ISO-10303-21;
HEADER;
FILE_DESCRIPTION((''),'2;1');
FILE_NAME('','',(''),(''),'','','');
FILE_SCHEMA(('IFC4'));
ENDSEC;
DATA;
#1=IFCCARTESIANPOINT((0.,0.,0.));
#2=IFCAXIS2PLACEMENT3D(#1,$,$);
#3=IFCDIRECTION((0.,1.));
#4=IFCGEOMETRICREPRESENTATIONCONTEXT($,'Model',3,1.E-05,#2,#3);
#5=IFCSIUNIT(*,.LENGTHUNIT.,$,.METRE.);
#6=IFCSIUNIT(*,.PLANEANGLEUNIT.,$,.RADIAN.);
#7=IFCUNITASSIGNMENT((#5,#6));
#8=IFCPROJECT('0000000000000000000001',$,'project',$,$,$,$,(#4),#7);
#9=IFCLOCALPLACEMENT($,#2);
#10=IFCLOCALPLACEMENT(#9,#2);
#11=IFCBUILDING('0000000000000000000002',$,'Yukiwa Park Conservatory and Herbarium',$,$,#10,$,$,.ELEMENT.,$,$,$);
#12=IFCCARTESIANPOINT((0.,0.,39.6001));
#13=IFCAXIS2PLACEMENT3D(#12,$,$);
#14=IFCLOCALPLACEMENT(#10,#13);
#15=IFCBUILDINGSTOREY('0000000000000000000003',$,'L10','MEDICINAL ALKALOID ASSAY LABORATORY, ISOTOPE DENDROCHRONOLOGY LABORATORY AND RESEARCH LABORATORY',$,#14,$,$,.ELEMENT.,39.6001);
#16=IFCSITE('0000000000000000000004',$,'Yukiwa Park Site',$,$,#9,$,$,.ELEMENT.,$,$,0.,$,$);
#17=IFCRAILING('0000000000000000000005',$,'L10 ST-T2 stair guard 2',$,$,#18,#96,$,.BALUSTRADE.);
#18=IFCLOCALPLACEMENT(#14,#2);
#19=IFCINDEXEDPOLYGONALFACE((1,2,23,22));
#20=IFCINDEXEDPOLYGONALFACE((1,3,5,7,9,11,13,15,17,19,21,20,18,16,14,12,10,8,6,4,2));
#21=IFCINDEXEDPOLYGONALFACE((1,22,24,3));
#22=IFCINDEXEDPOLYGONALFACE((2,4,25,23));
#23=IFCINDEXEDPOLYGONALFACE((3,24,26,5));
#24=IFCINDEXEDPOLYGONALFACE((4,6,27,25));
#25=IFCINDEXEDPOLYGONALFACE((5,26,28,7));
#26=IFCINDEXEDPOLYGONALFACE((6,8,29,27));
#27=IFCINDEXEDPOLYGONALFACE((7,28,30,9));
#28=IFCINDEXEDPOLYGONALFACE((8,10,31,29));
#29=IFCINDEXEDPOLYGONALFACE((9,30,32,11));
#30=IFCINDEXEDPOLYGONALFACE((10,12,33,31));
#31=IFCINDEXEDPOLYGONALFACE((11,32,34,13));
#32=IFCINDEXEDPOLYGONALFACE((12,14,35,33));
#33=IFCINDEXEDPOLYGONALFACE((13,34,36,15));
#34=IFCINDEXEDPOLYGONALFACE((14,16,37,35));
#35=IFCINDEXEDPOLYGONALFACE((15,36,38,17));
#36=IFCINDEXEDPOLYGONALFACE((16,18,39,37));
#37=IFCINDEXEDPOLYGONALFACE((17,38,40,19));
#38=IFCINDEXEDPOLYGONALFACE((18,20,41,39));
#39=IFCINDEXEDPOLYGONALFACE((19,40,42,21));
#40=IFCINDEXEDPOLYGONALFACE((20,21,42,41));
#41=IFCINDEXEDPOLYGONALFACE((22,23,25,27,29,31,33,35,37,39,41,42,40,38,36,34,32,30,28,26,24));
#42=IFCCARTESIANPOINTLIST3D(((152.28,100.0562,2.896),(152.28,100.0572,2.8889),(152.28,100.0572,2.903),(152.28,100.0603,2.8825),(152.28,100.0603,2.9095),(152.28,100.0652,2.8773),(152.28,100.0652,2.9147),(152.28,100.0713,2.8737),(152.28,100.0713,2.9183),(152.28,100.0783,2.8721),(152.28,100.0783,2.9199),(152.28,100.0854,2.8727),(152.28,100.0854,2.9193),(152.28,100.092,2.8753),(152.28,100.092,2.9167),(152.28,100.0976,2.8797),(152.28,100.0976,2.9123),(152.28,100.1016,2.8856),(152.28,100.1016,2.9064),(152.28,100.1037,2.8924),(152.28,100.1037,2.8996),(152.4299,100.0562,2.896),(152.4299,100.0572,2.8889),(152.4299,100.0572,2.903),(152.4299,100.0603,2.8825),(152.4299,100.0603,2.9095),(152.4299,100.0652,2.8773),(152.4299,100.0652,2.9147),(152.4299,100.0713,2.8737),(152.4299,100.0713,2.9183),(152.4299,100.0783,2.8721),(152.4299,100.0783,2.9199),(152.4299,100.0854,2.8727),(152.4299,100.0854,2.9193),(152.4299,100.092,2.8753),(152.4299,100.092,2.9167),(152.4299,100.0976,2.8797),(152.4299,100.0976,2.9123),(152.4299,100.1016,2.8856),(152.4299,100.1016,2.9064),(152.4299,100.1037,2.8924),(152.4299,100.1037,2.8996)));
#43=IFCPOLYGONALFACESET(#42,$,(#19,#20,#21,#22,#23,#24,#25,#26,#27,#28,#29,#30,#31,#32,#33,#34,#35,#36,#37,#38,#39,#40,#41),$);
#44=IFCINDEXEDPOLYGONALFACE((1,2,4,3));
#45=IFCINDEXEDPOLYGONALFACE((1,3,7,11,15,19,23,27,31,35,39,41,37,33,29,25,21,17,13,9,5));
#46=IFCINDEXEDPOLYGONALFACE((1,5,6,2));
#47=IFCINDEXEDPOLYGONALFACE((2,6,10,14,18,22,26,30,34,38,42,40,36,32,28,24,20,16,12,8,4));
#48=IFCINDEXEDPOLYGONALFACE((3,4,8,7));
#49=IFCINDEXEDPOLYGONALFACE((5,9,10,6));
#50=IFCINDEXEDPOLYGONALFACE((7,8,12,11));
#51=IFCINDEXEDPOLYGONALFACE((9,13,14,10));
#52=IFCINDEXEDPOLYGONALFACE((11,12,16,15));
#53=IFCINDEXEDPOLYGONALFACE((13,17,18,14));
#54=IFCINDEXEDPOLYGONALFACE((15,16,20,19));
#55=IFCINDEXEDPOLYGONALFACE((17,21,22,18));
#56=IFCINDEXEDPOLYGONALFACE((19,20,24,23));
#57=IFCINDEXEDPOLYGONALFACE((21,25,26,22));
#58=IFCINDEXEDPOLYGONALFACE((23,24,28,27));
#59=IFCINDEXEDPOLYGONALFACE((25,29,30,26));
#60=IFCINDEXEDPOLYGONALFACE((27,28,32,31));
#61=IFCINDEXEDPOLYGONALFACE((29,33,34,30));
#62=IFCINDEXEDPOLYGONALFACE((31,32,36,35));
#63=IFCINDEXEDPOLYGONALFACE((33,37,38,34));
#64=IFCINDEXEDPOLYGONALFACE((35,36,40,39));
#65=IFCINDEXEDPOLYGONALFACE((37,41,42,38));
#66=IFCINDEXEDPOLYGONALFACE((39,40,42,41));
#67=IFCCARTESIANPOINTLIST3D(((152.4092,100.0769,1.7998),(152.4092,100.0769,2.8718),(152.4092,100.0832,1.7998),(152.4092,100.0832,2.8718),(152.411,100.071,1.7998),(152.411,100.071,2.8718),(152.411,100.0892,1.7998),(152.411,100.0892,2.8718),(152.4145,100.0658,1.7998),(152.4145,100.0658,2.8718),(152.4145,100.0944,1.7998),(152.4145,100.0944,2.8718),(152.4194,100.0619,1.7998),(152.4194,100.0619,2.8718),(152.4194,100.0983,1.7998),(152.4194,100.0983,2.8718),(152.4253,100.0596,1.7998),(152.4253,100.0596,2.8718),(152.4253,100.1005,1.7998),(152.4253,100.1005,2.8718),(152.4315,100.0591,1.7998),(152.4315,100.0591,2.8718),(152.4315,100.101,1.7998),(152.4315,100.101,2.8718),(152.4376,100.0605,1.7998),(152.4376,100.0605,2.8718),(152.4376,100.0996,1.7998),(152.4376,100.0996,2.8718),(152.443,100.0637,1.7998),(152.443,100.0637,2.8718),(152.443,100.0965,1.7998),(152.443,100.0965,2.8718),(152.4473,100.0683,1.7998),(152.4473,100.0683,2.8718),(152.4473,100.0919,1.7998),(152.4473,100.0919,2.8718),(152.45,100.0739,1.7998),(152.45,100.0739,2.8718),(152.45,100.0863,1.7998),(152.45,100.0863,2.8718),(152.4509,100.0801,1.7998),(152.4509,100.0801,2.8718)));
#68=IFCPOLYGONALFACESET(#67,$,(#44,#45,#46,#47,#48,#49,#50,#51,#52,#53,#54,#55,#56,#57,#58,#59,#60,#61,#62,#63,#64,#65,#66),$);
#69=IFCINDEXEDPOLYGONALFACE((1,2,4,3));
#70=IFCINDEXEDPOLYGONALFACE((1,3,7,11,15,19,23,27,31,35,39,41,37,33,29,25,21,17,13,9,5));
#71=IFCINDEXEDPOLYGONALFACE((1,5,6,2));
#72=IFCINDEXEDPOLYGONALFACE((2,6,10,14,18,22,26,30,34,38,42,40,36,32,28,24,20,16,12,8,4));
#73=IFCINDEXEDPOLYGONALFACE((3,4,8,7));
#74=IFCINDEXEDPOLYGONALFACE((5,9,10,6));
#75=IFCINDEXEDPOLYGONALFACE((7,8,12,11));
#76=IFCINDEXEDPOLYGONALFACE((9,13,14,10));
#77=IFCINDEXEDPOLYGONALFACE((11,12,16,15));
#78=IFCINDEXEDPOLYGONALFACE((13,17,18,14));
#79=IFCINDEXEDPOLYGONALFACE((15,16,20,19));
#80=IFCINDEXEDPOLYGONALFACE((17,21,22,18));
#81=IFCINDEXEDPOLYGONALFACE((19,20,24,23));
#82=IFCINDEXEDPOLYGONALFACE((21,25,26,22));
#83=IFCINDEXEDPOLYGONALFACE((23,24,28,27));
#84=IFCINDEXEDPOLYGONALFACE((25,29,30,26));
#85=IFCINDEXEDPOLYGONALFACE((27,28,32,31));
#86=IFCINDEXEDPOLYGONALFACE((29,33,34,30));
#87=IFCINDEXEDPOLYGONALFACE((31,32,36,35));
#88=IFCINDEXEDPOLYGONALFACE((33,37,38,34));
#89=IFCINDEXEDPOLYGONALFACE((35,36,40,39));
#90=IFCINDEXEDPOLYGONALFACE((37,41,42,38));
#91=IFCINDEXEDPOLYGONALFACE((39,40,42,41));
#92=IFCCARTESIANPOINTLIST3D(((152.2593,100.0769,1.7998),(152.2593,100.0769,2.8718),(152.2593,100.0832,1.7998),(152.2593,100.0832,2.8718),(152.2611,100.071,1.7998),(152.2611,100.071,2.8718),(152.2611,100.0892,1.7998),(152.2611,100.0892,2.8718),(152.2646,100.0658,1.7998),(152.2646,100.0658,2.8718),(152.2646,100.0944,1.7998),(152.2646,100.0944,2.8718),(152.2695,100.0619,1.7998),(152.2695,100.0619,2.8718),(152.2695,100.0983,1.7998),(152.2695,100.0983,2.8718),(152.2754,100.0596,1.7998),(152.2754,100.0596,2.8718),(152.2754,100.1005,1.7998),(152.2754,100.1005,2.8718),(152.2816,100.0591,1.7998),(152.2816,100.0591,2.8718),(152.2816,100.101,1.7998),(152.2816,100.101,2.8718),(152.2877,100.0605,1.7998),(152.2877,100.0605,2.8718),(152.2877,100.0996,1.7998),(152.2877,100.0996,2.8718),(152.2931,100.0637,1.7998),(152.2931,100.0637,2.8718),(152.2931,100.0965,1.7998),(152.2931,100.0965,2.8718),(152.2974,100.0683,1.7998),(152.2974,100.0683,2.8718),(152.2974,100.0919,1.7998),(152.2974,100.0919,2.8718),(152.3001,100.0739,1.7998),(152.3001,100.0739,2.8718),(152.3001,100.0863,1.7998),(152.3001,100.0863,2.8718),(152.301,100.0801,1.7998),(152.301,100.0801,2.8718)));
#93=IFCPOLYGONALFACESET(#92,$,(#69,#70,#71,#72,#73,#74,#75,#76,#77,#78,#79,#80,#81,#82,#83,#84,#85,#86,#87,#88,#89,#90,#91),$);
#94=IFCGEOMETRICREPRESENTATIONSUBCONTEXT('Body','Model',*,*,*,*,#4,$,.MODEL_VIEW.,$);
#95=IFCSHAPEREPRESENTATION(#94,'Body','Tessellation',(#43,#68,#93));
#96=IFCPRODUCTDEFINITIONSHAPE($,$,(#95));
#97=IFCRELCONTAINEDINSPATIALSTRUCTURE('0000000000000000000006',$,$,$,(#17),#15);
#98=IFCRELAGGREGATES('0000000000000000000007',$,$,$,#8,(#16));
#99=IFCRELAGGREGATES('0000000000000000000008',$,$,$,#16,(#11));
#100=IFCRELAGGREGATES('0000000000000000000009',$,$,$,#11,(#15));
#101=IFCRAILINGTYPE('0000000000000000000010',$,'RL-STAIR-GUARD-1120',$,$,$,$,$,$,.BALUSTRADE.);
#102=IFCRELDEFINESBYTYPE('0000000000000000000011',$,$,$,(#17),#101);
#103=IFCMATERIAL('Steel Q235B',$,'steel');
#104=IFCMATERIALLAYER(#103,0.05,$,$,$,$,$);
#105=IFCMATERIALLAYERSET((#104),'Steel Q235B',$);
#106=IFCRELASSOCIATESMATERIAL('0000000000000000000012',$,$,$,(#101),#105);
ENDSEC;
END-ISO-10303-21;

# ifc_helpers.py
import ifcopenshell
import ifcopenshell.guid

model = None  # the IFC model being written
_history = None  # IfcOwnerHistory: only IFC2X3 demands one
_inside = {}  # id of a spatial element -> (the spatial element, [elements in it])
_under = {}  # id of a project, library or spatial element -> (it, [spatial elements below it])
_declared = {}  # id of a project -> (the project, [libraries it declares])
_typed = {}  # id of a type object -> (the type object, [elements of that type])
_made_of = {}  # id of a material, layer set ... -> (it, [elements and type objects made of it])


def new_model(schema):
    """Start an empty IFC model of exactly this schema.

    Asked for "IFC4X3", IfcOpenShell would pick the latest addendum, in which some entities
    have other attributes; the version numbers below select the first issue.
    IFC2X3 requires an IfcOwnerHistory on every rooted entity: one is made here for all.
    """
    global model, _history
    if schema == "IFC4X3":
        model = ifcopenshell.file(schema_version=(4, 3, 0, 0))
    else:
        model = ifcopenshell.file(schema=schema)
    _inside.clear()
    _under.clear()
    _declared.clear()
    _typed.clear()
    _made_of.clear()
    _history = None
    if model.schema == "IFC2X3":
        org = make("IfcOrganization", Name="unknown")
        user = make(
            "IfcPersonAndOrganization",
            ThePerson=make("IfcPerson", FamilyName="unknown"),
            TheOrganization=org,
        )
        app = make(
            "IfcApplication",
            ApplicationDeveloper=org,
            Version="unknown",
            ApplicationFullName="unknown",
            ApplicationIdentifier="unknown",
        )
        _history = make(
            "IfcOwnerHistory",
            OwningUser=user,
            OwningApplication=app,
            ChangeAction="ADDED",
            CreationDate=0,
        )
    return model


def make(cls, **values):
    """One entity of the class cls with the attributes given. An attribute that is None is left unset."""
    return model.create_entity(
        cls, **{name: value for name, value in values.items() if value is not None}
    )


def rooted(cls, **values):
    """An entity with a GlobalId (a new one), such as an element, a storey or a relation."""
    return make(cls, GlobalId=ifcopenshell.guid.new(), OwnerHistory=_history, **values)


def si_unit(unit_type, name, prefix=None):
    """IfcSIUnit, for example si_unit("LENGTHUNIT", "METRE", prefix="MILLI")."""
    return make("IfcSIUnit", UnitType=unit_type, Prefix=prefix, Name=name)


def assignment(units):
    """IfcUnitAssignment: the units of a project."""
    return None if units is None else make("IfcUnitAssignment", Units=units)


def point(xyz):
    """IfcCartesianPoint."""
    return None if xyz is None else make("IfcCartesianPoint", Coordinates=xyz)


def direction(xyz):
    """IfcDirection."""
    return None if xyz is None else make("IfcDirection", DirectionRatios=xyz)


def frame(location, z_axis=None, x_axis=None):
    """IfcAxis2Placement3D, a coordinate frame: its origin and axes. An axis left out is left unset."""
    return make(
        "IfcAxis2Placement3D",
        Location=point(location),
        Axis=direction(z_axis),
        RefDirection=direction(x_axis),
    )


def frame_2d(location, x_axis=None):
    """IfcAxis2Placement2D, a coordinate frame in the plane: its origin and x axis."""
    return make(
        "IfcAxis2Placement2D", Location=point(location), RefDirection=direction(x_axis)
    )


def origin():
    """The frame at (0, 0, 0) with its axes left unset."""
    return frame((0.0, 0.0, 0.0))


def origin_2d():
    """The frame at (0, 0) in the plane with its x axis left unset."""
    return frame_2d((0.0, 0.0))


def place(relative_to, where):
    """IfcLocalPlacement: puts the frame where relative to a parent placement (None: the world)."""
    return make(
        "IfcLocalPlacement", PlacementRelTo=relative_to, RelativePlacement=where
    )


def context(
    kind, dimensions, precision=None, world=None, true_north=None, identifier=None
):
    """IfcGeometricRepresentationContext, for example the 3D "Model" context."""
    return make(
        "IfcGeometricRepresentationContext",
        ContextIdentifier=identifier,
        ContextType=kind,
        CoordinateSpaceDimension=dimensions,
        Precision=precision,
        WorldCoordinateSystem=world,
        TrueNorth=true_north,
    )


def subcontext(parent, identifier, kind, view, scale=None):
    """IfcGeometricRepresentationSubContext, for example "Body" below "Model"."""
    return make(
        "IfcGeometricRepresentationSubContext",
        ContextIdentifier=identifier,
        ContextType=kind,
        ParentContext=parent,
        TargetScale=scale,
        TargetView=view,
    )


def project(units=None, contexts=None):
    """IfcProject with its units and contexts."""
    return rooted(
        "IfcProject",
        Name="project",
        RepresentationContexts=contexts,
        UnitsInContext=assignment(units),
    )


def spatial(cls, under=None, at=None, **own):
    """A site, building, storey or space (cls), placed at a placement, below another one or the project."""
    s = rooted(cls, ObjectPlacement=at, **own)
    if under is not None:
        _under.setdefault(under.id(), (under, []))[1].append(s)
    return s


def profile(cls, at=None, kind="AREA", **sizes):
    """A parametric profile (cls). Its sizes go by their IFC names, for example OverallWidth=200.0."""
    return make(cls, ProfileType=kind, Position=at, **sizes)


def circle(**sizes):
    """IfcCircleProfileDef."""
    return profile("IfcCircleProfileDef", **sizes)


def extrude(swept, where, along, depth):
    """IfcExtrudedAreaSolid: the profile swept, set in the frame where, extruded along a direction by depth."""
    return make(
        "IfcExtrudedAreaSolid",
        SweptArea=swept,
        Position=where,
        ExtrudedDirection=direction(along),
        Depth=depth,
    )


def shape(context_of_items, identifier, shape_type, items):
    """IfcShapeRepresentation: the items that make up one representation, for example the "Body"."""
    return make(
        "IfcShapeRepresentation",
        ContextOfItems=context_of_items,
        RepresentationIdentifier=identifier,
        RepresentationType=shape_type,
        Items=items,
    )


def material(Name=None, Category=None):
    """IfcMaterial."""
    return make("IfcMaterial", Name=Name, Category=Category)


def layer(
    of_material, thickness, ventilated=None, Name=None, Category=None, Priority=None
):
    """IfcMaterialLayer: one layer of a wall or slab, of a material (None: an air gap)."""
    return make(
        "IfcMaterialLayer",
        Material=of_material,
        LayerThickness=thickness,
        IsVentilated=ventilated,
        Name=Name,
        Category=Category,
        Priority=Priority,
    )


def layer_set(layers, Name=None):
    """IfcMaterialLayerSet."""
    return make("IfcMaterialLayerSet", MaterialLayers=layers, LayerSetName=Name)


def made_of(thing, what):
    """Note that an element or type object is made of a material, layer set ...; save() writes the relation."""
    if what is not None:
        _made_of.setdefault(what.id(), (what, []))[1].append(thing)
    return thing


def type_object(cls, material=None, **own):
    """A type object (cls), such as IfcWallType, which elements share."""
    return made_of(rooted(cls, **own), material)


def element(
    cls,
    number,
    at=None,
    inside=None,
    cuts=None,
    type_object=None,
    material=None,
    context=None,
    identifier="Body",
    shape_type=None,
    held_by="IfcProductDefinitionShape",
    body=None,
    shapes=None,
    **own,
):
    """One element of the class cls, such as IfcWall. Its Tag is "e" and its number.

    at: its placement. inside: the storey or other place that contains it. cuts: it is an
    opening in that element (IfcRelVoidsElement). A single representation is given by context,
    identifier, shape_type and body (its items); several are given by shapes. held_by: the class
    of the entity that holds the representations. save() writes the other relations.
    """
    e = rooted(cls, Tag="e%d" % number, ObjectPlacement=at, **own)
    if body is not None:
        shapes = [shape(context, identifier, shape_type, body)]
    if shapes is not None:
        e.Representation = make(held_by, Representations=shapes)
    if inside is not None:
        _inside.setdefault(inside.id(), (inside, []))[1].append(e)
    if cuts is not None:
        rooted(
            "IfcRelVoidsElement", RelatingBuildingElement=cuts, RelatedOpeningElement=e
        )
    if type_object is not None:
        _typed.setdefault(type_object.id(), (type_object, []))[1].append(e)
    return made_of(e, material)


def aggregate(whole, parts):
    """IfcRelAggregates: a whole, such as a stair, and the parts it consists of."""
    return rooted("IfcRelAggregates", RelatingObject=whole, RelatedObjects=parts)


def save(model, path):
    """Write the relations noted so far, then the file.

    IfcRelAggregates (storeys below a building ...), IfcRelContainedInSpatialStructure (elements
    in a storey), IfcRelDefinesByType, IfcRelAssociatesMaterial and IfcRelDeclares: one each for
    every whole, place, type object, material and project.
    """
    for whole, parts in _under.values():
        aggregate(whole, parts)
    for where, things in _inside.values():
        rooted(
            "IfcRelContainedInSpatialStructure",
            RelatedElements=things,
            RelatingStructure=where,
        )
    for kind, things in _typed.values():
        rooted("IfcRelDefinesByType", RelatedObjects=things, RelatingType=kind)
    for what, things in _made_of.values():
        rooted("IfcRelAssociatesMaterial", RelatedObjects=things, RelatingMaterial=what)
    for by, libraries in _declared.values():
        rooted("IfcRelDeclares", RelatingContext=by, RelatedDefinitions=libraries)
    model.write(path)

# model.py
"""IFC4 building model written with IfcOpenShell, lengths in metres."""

from ifc_helpers import new_model, si_unit, direction, frame, origin, origin_2d, place, context, subcontext, project, spatial, circle, extrude, material, layer, layer_set, type_object, element, save


model = new_model("IFC4")

# Units and contexts
model_context = context("Model", 3, precision=1e-05, world=origin(), true_north=direction((0.0, 1.0)))
body_context = subcontext(model_context, "Body", "Model", "MODEL_VIEW")
ifc_project = project(units=[si_unit("LENGTHUNIT", "METRE"), si_unit("PLANEANGLEUNIT", "RADIAN")], contexts=[model_context])

# Site, building, storey
site_placement = place(None, origin())
site = spatial("IfcSite", under=ifc_project, at=site_placement, Name="Yukiwa Park Site", CompositionType="ELEMENT", RefElevation=0.0)
building_placement = place(site_placement, origin())
building = spatial("IfcBuilding", under=site, at=building_placement, Name="Yukiwa Park Conservatory and Herbarium", CompositionType="ELEMENT")
storey_placement = place(building_placement, frame((0.0, 0.0, 39.6001)))
storey = spatial("IfcBuildingStorey", under=building, at=storey_placement, Name="L10", Description="MEDICINAL ALKALOID ASSAY LABORATORY, ISOTOPE DENDROCHRONOLOGY LABORATORY AND RESEARCH LABORATORY", CompositionType="ELEMENT", Elevation=39.6001)

# Railing
ifc_material_1 = material(Name="Steel Q235B", Category="steel")
ifc_layer_1 = layer(ifc_material_1, 0.05)
ifc_layer_set_1 = layer_set([ifc_layer_1], Name="Steel Q235B")
railing_type_1 = type_object("IfcRailingType", Name="RL-STAIR-GUARD-1120", PredefinedType="BALUSTRADE", material=ifc_layer_set_1)
railing_1_placement = place(storey_placement, frame((152.4299, 100.0801, 1.7998)))
element("IfcRailing", 1, at=railing_1_placement, inside=storey, type_object=railing_type_1, Name="L10 ST-T2 stair guard 2", PredefinedType="BALUSTRADE", context=body_context, shape_type="SweptSolid", body=[
    extrude(circle(Radius=0.0239, at=origin_2d()), frame((0.0, 0.0, 1.0962), z_axis=(-1.0, 0.0, 0.0), x_axis=(0.0, -1.0, 0.0)), (0.0, 0.0, 1.0), 0.1499),
    extrude(circle(Radius=0.021, at=origin_2d()), origin(), (0.0, 0.0, 1.0), 1.072),
    extrude(circle(Radius=0.021, at=origin_2d()), frame((-0.1499, 0.0, 0.0)), (0.0, 0.0, 1.0), 1.072),
])

save(model, "model.ifc")
